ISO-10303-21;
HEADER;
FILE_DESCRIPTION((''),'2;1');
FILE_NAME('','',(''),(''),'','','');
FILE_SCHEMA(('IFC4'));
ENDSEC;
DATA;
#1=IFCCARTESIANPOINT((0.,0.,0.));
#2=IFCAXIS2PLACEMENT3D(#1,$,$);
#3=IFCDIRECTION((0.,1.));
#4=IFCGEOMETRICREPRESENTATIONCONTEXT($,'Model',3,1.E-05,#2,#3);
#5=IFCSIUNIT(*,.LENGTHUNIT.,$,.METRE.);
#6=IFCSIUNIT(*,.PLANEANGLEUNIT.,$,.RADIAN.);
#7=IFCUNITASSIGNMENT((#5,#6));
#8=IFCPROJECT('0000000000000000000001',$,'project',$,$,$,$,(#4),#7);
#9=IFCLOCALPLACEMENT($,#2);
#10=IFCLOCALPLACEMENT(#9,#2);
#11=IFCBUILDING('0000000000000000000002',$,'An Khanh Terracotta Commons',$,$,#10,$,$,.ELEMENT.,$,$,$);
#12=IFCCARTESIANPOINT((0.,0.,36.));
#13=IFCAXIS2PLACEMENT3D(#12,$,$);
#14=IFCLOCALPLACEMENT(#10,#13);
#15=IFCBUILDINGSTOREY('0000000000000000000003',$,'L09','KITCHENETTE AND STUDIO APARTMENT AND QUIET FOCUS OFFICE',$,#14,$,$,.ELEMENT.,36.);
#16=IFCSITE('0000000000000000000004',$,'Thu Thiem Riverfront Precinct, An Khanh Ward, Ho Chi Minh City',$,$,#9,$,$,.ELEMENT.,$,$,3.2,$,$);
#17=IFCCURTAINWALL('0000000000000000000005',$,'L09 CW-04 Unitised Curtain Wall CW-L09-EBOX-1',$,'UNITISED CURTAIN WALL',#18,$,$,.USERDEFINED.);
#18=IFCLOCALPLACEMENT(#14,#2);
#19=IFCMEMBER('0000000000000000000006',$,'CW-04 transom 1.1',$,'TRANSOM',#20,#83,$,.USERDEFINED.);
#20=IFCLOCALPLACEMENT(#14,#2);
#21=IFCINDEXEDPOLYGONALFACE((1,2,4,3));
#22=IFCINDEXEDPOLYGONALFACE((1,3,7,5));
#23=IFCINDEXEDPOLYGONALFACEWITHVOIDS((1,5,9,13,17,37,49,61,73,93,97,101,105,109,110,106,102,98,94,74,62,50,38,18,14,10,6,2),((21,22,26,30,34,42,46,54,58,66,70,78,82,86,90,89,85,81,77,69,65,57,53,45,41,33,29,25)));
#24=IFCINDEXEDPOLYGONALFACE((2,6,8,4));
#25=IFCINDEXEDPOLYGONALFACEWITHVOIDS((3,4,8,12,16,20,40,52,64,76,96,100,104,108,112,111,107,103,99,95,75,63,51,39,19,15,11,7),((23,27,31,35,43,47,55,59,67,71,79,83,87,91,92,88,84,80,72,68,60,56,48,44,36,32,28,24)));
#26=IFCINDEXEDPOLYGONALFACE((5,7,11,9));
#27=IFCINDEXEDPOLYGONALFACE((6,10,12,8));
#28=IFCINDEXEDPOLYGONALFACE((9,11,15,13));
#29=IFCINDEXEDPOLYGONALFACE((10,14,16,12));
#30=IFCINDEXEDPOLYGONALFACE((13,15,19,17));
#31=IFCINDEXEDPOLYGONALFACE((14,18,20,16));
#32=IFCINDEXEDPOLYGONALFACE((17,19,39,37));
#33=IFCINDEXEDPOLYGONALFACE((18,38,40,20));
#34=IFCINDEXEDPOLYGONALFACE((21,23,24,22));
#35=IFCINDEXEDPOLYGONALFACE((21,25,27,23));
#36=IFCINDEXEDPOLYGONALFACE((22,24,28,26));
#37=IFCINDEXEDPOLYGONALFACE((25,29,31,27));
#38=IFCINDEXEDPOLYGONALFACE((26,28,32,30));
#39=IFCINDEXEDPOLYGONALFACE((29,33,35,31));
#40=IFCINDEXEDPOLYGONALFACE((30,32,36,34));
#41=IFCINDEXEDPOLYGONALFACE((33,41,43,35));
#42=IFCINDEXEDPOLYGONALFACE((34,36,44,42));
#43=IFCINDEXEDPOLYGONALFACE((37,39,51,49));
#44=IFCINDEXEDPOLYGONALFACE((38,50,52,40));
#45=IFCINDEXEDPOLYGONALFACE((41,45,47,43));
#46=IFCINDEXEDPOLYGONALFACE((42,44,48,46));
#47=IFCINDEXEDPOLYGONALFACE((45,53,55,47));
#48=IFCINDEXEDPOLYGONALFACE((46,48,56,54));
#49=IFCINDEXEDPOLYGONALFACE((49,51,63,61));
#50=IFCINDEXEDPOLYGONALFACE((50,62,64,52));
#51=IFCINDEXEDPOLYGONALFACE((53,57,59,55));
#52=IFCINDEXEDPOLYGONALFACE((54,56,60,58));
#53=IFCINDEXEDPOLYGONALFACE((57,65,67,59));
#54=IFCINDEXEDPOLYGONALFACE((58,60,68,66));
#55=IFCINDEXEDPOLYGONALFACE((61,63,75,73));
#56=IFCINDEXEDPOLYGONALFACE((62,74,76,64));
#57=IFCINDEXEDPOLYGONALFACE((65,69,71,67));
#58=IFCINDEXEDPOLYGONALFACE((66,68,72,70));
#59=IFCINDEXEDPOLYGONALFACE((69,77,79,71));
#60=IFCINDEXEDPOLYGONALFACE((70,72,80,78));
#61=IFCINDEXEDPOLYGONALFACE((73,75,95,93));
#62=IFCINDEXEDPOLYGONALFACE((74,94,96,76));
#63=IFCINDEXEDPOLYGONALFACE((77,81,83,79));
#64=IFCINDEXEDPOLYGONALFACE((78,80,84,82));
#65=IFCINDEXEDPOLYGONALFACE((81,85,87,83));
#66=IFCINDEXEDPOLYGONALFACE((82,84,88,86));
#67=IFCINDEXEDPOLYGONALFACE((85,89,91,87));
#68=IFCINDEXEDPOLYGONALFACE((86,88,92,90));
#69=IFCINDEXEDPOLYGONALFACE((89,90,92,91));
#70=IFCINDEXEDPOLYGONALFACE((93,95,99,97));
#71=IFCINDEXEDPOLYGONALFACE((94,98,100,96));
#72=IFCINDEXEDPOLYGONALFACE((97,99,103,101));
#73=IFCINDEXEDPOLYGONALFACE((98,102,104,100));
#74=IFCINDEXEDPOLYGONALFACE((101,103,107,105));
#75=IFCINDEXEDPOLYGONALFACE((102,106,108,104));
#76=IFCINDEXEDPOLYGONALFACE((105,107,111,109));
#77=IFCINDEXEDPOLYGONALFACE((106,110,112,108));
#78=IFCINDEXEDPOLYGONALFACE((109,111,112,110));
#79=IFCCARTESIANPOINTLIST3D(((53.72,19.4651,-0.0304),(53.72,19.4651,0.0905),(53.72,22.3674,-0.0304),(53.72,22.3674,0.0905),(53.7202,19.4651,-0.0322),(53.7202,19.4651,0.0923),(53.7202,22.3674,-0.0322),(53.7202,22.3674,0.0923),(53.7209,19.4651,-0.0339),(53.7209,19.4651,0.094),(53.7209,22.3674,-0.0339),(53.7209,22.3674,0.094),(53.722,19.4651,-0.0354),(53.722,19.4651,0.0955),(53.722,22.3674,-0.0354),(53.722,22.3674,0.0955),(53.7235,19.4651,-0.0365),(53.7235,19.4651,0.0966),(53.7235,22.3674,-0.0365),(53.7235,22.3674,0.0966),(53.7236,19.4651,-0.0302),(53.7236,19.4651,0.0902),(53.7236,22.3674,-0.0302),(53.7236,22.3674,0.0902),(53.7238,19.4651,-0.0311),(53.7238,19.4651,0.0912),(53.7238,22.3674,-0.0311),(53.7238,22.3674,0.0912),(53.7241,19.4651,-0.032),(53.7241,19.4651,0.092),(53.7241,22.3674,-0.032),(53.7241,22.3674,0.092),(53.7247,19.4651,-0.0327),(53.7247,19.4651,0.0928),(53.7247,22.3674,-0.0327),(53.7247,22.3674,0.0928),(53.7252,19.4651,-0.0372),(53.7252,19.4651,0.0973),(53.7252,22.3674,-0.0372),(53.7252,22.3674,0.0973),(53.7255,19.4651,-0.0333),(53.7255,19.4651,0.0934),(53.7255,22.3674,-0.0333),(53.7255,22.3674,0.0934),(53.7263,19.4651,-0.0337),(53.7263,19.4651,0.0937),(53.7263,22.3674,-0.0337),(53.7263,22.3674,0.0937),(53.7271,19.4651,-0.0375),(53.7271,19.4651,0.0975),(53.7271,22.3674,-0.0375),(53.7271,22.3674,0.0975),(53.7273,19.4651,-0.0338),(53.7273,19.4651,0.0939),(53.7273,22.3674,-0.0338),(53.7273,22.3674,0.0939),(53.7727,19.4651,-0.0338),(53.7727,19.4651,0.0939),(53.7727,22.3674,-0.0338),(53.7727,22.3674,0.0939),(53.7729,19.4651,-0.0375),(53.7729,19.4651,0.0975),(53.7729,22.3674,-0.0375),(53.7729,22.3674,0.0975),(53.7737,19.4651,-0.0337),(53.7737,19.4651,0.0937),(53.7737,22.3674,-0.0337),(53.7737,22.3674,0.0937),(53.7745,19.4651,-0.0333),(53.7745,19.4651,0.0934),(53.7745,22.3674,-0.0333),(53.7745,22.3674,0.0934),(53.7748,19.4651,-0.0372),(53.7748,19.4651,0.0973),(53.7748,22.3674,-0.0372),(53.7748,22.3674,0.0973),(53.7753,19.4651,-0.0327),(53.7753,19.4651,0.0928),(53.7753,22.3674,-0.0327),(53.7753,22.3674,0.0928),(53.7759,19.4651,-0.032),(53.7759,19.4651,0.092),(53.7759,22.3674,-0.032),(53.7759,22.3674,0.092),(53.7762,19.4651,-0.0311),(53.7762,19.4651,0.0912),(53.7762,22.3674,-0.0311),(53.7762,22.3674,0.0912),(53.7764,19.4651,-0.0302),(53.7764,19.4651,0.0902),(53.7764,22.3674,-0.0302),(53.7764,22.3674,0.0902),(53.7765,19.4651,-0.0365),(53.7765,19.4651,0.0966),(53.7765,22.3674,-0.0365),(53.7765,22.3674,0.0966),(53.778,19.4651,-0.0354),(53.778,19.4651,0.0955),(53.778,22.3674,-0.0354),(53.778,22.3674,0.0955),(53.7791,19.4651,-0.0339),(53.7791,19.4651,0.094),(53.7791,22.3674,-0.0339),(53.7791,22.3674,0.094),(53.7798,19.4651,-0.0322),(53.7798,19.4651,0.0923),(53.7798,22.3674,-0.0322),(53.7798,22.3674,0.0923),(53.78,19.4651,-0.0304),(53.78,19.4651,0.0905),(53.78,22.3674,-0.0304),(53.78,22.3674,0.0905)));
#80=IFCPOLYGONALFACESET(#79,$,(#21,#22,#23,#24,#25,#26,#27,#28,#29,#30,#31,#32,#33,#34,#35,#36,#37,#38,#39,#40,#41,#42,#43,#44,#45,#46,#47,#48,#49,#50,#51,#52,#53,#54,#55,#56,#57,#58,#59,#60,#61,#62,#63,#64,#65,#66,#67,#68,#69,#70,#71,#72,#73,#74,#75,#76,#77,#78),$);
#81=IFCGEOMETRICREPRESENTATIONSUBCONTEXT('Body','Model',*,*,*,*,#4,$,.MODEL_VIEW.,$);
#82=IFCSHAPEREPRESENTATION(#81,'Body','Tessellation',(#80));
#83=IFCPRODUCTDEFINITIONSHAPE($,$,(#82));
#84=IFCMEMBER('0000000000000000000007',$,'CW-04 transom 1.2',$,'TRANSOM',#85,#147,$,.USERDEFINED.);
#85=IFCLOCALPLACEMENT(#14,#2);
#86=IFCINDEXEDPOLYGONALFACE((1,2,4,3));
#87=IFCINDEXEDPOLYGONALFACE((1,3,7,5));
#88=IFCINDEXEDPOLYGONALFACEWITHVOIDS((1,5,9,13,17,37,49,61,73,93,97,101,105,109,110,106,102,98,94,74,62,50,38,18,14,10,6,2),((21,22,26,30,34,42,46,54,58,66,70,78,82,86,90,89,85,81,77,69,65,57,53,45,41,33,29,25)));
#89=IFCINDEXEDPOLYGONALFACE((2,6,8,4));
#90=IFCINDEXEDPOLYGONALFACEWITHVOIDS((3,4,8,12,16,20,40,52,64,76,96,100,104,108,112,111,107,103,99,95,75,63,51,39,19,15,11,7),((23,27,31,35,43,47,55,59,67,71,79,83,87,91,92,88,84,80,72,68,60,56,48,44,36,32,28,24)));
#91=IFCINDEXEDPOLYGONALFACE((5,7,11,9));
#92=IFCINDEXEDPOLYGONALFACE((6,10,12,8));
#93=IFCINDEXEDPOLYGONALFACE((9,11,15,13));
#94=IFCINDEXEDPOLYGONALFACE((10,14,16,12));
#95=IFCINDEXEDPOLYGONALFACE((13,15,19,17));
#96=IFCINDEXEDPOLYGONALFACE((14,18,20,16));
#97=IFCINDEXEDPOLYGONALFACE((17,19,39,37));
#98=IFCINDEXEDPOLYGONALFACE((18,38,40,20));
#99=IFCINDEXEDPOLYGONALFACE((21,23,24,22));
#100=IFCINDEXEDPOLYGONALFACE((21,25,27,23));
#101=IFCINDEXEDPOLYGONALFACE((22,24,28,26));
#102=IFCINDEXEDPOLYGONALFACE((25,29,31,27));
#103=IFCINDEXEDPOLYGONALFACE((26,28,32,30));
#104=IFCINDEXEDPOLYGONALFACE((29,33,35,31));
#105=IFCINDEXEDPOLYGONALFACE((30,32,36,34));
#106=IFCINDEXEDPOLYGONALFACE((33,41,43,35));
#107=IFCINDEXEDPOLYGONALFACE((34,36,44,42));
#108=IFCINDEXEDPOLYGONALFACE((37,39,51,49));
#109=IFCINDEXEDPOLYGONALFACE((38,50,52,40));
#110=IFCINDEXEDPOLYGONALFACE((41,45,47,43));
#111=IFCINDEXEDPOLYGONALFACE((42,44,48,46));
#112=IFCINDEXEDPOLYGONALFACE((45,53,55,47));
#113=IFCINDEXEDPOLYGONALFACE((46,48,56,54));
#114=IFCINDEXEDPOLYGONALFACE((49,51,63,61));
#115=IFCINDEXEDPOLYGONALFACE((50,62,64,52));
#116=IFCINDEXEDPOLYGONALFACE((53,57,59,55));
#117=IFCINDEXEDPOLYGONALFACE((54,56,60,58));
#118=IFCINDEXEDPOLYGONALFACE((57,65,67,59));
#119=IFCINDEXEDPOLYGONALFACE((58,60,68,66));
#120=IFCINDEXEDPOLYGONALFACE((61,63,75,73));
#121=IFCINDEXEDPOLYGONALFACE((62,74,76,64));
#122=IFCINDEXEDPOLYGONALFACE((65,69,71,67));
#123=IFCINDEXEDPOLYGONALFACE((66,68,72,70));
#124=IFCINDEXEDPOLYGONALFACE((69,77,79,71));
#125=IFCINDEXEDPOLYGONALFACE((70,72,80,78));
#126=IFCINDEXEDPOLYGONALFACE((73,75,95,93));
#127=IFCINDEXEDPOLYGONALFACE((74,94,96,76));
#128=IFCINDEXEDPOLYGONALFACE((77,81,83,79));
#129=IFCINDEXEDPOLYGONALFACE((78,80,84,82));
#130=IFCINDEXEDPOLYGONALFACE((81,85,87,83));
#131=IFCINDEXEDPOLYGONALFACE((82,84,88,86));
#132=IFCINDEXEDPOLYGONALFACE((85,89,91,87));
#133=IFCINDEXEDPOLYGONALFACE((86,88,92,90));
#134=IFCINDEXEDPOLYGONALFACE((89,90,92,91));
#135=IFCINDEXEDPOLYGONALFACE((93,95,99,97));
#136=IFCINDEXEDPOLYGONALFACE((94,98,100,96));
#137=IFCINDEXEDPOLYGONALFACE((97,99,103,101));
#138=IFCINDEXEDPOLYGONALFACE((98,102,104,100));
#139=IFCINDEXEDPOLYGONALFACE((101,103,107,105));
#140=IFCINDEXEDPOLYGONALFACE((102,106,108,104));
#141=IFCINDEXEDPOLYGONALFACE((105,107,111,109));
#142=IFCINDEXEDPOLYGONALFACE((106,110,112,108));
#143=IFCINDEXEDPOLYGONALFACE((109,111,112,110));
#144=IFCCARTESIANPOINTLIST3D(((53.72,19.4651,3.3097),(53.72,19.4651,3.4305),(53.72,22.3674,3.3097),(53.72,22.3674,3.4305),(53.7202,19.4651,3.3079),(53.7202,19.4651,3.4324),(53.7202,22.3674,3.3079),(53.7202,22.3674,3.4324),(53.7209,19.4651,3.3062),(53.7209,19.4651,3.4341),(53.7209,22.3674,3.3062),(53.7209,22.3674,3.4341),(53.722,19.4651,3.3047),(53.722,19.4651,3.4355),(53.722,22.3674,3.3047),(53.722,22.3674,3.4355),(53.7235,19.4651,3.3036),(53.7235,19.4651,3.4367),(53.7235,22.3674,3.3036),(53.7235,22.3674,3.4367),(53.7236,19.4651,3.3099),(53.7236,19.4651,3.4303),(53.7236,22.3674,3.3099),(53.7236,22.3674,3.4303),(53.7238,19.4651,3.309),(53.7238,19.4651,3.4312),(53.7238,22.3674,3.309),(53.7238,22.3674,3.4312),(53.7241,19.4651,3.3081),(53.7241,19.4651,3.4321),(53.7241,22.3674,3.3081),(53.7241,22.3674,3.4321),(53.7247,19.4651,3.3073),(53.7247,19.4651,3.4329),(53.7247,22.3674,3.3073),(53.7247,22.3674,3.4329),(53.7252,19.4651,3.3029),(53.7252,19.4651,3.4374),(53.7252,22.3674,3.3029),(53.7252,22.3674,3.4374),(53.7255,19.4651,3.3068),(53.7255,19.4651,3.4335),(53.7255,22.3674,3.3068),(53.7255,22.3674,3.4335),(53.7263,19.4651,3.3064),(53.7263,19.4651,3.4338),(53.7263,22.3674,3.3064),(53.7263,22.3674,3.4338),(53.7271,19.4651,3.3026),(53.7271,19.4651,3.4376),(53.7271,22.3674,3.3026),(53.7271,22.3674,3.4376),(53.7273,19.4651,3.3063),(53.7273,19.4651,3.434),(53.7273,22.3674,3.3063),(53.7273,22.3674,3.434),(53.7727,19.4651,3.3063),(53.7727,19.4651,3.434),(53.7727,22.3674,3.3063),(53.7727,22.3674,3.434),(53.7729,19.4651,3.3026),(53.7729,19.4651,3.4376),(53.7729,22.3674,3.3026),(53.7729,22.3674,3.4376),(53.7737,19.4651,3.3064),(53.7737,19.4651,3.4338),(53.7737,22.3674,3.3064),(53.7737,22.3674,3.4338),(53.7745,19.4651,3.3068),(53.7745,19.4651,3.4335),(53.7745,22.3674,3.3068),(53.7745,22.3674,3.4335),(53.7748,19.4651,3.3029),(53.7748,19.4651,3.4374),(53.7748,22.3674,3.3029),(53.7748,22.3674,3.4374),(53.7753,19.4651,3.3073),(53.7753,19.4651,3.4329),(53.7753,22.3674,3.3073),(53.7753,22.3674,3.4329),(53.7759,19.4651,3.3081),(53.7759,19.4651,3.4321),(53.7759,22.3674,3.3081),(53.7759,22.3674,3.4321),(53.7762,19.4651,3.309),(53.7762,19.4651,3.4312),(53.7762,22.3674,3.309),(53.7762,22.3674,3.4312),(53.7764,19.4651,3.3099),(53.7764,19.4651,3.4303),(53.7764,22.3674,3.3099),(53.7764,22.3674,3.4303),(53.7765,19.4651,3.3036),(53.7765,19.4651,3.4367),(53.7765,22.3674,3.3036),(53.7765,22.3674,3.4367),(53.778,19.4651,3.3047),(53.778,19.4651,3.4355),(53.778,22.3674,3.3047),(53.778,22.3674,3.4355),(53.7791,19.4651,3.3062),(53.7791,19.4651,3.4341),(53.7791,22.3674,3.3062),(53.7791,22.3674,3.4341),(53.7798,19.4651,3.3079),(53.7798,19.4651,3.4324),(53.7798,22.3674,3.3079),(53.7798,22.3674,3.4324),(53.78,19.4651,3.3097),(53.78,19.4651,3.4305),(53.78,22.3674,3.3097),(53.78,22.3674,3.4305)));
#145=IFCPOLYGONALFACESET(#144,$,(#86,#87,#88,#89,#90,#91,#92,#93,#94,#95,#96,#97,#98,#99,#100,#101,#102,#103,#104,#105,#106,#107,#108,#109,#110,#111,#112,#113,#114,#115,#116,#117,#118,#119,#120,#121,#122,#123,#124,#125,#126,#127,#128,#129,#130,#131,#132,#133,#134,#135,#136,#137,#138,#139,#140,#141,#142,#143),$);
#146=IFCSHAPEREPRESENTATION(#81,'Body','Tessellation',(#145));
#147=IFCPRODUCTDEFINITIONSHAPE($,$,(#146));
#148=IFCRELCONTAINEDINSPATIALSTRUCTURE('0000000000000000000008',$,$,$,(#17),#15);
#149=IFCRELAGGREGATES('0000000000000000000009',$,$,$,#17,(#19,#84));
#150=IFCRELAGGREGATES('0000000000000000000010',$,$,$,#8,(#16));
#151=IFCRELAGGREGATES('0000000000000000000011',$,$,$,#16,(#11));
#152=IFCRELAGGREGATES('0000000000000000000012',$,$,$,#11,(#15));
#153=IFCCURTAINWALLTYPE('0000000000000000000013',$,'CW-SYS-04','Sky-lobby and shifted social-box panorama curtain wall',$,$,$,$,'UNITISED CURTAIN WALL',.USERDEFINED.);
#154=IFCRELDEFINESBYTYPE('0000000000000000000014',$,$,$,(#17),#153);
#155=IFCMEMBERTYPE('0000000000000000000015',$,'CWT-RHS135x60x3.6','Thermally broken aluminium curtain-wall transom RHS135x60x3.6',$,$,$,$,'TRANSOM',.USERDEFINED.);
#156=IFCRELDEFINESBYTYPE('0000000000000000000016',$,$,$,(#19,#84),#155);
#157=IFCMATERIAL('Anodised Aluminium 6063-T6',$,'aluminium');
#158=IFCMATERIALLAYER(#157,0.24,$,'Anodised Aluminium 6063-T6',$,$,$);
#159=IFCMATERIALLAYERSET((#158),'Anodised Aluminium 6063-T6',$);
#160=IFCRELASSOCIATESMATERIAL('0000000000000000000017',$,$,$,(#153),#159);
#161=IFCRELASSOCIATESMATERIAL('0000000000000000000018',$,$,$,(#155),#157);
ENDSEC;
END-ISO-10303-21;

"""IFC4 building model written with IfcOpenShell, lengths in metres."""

from ifc_helpers import new_model, si_unit, direction, frame, origin, origin_2d, place, context, subcontext, project, spatial, hollow_rectangle, extrude, material, layer, layer_set, material_profile, profile_set, type_object, element, aggregate, save


model = new_model("IFC4")

# Units and contexts
model_context = context("Model", 3, precision=1e-05, world=origin(), true_north=direction((0.0, 1.0)))
body_context = subcontext(model_context, "Body", "Model", "MODEL_VIEW")
ifc_project = project(units=[si_unit("LENGTHUNIT", "METRE"), si_unit("PLANEANGLEUNIT", "RADIAN")], contexts=[model_context])

# Site, building, storey
site_placement = place(None, origin())
site = spatial("IfcSite", under=ifc_project, at=site_placement, Name="Thu Thiem Riverfront Precinct, An Khanh Ward, Ho Chi Minh City", CompositionType="ELEMENT", RefElevation=3.2)
building_placement = place(site_placement, origin())
building = spatial("IfcBuilding", under=site, at=building_placement, Name="An Khanh Terracotta Commons", CompositionType="ELEMENT")
storey_placement = place(building_placement, frame((0.0, 0.0, 36.0)))
storey = spatial("IfcBuildingStorey", under=building, at=storey_placement, Name="L09", Description="KITCHENETTE AND STUDIO APARTMENT AND QUIET FOCUS OFFICE", CompositionType="ELEMENT", Elevation=36.0)

# Curtain wall
ifc_material_1 = material(Name="Anodised Aluminium 6063-T6", Category="aluminium")
ifc_layer_1 = layer(ifc_material_1, 0.24, Name="Anodised Aluminium 6063-T6")
ifc_layer_set_1 = layer_set([ifc_layer_1], Name="Anodised Aluminium 6063-T6")
curtain_wall_type = type_object("IfcCurtainWallType", Name="CW-SYS-04", Description="Sky-lobby and shifted social-box panorama curtain wall", ElementType="UNITISED CURTAIN WALL", PredefinedType="USERDEFINED", material=ifc_layer_set_1)
curtain_wall_1_placement = place(storey_placement, origin())
curtain_wall_1 = element("IfcCurtainWall", 1, at=curtain_wall_1_placement, inside=storey, type_object=curtain_wall_type, Name="L09 CW-04 Unitised Curtain Wall CW-L09-EBOX-1", ObjectType="UNITISED CURTAIN WALL", PredefinedType="USERDEFINED")

# Members
ifc_material_profile_1 = material_profile(ifc_material_1, hollow_rectangle(XDim=0.0601, YDim=0.135, WallThickness=0.0037, InnerFilletRadius=0.0037, OuterFilletRadius=0.0071, at=origin_2d()), Name="RHS135x60x3.6")
ifc_profile_set_1 = profile_set([ifc_material_profile_1], Name="Anodised Aluminium 6063-T6")
member_type_1 = type_object("IfcMemberType", Name="CWT-RHS135x60x3.6", Description="Thermally broken aluminium curtain-wall transom RHS135x60x3.6", ElementType="TRANSOM", PredefinedType="USERDEFINED", material=ifc_profile_set_1)
member_1_placement = place(storey_placement, frame((53.75, 19.4651, 0.03), z_axis=(0.0, 1.0, 0.0), x_axis=(-1.0, 0.0, 0.0)))
member_1 = element("IfcMember", 2, at=member_1_placement, type_object=member_type_1, Name="CW-04 transom 1.1", ObjectType="TRANSOM", PredefinedType="USERDEFINED", context=body_context, shape_type="SweptSolid", body=[
    extrude(hollow_rectangle(XDim=0.0601, YDim=0.135, WallThickness=0.0037, InnerFilletRadius=0.0037, OuterFilletRadius=0.0071, at=origin_2d()), origin(), (0.0, 0.0, 1.0), 2.9023),
])
member_2_placement = place(storey_placement, frame((53.75, 19.4651, 3.3701), z_axis=(0.0, 1.0, 0.0), x_axis=(-1.0, 0.0, 0.0)))
member_2 = element("IfcMember", 3, at=member_2_placement, type_object=member_type_1, Name="CW-04 transom 1.2", ObjectType="TRANSOM", PredefinedType="USERDEFINED", context=body_context, shape_type="SweptSolid", body=[
    extrude(hollow_rectangle(XDim=0.0601, YDim=0.135, WallThickness=0.0037, InnerFilletRadius=0.0037, OuterFilletRadius=0.0071, at=origin_2d()), origin(), (0.0, 0.0, 1.0), 2.9023),
])

aggregate(curtain_wall_1, [member_1, member_2])

save(model, "model.ifc")
